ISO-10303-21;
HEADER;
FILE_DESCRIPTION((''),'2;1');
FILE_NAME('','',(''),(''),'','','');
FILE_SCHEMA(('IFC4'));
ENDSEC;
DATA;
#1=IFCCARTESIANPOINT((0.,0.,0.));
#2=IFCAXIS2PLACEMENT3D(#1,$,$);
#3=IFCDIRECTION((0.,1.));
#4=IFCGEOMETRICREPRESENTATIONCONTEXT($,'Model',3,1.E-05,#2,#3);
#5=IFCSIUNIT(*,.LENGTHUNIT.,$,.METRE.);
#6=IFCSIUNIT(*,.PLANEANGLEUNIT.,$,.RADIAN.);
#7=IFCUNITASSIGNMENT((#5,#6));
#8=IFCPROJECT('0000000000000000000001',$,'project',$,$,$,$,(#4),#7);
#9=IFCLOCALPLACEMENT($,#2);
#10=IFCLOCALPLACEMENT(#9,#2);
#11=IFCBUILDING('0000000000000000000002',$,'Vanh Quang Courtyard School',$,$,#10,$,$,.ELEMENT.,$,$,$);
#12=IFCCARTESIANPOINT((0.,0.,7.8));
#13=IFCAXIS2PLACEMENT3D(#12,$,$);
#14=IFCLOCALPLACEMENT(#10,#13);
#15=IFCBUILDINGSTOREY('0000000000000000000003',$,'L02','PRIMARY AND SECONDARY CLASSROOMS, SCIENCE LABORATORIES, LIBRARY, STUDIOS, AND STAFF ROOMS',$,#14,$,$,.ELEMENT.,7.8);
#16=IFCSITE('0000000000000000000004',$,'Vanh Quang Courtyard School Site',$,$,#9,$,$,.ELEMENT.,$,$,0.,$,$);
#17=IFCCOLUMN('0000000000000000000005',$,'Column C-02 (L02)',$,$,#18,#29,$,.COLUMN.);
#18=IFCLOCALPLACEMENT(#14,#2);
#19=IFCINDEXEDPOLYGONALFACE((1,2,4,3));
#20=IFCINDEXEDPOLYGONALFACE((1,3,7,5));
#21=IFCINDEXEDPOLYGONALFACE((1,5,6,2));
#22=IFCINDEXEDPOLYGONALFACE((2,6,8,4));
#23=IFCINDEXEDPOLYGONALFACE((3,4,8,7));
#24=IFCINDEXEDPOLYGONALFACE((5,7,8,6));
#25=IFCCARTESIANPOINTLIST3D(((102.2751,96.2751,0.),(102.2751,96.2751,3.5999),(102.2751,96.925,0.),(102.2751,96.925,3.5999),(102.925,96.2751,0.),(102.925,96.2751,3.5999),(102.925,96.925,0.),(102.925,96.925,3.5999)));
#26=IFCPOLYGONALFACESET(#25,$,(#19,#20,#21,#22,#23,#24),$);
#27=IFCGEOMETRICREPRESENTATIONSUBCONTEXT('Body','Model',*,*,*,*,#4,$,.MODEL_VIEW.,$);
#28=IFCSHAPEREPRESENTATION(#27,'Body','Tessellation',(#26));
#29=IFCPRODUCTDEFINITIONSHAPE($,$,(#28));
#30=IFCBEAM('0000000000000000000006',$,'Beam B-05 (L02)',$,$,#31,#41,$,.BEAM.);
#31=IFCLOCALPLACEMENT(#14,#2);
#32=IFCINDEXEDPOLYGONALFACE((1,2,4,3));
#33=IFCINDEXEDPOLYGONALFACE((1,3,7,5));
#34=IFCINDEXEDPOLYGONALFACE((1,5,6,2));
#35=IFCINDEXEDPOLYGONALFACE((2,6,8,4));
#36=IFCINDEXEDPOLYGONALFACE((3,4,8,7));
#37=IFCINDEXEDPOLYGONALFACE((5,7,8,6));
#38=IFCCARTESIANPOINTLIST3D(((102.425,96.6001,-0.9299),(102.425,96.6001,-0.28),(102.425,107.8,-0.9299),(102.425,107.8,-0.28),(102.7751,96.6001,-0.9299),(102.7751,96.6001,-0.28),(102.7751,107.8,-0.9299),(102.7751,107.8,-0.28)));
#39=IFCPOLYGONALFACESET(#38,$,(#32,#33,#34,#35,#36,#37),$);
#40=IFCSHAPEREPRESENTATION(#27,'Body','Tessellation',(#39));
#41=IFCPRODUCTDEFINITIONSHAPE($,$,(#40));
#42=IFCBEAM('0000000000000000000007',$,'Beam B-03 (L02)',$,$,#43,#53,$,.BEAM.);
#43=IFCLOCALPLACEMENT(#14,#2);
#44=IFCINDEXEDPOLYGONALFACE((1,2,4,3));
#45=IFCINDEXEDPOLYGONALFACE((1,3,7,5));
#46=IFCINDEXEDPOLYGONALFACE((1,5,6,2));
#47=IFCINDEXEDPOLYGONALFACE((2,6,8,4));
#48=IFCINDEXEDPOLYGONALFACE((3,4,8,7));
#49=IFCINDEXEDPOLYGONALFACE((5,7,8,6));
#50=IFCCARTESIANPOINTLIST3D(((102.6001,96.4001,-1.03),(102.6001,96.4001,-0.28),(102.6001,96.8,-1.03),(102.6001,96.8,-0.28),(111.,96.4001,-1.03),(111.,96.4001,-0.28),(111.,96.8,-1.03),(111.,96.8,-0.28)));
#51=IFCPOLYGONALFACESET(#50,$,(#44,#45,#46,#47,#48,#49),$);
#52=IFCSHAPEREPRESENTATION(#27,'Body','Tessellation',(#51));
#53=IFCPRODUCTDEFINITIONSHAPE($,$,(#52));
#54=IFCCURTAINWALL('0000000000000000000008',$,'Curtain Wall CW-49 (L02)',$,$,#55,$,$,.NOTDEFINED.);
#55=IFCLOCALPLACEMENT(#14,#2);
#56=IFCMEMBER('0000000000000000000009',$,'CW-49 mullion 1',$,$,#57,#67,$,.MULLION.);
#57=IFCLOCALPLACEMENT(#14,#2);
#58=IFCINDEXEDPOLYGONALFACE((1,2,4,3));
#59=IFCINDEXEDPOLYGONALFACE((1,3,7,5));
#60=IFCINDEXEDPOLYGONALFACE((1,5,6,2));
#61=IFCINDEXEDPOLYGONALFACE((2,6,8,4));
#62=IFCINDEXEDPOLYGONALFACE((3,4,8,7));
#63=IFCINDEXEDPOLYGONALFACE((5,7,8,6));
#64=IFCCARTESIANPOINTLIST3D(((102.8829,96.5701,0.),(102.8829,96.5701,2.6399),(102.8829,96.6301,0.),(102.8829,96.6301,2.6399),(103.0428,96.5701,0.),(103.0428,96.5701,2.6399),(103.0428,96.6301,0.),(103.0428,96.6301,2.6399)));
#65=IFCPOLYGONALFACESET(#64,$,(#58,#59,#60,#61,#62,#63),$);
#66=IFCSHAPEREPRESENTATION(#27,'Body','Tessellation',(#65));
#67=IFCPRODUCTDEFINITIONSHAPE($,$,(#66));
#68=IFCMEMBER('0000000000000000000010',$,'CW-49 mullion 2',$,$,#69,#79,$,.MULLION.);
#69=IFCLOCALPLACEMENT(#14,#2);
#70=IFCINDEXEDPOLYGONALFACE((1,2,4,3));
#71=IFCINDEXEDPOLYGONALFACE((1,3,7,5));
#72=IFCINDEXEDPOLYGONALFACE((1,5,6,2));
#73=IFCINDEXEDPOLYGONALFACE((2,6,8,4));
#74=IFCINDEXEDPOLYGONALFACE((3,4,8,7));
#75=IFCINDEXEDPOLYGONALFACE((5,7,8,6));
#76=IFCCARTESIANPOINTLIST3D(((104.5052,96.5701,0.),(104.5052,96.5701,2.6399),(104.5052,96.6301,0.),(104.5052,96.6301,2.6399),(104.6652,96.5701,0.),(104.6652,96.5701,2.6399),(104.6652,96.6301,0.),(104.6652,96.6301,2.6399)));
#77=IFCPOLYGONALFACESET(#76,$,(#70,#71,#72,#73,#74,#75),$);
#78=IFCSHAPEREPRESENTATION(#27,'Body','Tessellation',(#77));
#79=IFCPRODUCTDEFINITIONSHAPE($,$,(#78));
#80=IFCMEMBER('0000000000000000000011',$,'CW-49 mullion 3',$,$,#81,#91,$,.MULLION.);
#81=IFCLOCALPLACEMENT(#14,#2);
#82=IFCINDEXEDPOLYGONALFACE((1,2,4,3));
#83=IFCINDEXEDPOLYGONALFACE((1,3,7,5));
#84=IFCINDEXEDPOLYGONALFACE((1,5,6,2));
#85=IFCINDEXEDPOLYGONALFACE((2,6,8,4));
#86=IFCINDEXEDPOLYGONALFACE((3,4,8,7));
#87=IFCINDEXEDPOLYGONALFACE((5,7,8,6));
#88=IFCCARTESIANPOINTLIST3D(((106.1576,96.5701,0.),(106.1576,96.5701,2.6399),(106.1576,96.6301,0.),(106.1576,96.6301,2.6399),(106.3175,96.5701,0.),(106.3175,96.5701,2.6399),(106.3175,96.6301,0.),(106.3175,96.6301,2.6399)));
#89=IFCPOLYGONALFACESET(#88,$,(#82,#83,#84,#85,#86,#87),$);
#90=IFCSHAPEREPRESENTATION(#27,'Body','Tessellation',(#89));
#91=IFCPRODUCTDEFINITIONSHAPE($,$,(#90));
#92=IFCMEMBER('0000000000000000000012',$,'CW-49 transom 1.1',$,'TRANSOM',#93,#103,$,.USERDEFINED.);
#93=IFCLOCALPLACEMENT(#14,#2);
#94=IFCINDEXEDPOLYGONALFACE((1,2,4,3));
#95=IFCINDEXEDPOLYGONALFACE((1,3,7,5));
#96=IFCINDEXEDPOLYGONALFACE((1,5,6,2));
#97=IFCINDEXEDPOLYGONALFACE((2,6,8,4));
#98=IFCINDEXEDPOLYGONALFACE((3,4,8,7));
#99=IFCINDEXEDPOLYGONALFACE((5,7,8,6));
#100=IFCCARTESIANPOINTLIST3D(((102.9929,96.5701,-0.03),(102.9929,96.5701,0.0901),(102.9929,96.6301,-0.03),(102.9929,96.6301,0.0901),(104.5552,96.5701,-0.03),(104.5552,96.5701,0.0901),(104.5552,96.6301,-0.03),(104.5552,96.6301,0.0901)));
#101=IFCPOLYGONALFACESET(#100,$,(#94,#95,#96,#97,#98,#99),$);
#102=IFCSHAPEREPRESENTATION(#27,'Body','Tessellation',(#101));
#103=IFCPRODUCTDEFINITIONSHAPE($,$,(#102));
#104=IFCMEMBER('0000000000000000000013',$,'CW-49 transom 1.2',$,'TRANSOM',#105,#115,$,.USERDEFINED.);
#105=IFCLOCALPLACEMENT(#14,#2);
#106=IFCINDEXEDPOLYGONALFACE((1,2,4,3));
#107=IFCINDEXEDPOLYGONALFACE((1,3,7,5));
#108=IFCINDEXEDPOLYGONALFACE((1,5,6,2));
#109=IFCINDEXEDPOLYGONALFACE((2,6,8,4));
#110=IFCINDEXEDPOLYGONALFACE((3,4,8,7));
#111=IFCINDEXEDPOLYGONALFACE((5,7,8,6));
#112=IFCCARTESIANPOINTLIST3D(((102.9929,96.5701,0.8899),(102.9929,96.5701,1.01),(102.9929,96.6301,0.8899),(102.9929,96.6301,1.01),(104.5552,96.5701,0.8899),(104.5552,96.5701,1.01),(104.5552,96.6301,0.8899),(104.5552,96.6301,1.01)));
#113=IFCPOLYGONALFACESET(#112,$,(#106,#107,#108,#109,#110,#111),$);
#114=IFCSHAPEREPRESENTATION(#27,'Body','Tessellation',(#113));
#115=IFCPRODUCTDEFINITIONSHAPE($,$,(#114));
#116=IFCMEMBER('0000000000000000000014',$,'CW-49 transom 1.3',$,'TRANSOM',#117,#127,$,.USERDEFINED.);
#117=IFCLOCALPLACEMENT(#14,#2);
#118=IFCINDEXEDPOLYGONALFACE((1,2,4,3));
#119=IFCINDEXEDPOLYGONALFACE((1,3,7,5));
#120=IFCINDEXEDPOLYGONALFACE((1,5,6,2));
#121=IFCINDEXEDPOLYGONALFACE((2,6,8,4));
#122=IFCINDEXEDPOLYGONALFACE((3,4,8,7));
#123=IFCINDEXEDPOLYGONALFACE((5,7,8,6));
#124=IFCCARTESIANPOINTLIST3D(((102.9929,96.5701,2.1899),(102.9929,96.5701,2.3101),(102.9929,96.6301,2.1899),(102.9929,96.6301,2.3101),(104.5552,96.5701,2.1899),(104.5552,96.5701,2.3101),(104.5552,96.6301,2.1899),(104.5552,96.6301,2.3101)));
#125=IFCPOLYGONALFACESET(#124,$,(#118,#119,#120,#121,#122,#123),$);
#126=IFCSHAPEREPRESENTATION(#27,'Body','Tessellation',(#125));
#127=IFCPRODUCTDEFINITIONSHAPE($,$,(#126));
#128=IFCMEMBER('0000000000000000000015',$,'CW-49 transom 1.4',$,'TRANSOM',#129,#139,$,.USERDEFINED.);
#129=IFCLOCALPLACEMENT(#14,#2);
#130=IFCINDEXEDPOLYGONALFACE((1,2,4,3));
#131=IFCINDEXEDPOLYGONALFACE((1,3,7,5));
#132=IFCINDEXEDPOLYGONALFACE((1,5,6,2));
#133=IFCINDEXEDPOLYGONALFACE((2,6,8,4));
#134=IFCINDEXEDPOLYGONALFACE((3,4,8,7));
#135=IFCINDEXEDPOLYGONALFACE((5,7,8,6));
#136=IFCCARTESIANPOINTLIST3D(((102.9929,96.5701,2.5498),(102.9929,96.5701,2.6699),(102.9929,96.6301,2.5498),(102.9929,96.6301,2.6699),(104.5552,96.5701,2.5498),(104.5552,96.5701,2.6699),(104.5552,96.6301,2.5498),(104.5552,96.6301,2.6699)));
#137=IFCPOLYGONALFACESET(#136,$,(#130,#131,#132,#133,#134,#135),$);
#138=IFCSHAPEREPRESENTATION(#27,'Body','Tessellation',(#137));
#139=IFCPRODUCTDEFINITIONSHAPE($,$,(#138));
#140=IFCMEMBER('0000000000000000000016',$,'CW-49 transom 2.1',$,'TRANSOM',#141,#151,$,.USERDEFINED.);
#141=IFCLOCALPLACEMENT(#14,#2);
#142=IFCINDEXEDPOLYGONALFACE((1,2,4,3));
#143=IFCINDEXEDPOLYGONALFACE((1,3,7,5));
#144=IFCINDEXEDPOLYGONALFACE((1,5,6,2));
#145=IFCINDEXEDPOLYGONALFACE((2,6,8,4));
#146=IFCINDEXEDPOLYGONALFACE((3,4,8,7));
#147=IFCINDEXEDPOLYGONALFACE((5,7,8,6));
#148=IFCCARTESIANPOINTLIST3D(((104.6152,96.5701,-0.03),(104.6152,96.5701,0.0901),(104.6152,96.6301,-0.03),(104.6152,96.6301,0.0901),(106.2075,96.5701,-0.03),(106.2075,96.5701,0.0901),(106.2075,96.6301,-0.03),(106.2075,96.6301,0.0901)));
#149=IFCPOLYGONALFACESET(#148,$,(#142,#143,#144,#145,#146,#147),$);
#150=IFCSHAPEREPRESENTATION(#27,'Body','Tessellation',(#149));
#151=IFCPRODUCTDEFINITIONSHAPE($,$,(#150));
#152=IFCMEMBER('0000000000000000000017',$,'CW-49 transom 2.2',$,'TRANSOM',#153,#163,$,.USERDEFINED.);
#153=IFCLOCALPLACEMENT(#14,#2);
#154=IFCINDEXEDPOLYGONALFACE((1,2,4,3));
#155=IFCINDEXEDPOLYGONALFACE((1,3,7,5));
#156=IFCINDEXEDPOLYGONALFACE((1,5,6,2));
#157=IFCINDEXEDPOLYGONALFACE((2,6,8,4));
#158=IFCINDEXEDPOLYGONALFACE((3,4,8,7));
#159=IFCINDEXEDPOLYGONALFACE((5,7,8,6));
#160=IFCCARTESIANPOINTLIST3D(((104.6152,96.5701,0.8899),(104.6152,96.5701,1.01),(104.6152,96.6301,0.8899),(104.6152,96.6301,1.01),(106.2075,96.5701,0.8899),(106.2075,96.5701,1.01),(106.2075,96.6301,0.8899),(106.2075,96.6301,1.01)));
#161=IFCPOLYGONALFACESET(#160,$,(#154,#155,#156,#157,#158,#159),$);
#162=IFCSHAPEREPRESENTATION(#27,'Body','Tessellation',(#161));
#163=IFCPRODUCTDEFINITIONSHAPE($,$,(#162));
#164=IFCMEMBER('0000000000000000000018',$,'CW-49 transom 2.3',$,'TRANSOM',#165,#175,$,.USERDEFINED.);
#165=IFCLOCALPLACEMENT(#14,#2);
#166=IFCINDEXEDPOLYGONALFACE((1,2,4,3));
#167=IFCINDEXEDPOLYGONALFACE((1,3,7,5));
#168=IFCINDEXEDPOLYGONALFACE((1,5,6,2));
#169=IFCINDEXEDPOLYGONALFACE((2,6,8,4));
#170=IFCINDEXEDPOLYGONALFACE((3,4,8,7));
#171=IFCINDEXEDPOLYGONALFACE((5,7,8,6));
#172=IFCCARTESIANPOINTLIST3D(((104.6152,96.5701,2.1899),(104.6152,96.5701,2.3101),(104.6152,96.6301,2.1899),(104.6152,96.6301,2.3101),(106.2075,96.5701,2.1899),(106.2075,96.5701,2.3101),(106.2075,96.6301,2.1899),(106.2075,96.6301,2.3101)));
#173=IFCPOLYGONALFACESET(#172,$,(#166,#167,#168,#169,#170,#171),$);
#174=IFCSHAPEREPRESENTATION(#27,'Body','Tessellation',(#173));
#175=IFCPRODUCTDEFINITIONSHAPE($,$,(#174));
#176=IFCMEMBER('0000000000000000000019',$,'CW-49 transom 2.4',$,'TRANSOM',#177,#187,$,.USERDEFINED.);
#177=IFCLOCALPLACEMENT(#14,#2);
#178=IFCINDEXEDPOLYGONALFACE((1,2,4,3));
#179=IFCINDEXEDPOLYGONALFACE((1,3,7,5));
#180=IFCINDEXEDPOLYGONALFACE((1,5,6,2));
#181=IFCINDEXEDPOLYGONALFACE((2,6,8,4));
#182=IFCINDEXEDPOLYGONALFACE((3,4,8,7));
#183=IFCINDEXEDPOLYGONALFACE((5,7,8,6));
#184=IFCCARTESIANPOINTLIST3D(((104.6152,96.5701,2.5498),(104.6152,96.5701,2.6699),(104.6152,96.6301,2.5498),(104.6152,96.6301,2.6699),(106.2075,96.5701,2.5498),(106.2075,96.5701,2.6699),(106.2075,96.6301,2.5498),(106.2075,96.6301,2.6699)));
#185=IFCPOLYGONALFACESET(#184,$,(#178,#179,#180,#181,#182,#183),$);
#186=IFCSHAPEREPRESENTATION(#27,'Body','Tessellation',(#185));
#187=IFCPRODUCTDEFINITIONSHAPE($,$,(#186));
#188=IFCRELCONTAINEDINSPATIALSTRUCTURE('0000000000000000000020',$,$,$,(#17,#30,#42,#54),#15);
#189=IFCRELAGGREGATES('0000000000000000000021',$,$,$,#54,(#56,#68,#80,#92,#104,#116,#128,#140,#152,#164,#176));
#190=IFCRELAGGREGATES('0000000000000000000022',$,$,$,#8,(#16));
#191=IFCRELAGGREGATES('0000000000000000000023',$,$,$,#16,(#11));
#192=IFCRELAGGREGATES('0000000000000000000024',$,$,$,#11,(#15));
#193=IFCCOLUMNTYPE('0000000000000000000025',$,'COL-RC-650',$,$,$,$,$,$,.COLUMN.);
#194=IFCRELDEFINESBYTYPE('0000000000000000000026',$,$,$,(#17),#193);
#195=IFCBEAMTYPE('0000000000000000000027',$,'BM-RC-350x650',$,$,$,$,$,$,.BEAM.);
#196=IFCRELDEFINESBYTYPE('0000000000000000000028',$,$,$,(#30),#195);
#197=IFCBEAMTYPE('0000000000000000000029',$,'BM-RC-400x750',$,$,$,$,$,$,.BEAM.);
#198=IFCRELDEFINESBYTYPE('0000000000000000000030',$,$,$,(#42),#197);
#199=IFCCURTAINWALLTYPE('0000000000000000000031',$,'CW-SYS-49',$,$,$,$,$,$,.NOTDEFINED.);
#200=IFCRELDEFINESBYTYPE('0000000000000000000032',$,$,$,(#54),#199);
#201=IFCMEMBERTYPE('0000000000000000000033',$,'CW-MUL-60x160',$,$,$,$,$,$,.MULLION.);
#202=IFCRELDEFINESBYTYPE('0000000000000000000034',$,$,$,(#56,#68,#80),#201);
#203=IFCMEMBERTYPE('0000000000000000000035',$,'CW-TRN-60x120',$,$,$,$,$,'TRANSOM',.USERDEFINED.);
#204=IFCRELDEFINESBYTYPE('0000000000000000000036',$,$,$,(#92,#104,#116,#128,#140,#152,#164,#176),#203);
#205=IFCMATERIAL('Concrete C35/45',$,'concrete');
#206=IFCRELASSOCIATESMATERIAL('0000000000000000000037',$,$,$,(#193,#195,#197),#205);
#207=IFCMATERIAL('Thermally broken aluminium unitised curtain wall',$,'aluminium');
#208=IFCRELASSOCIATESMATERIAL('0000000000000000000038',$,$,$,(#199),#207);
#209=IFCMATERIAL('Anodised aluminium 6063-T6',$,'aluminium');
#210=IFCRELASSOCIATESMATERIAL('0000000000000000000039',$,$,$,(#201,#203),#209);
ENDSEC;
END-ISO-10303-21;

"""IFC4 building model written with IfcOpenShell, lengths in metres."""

from ifc_helpers import new_model, si_unit, direction, frame, origin, origin_2d, place, context, subcontext, project, spatial, rectangle, extrude, material, material_profile, profile_set, type_object, element, aggregate, save


model = new_model("IFC4")

# Units and contexts
model_context = context("Model", 3, precision=1e-05, world=origin(), true_north=direction((0.0, 1.0)))
body_context = subcontext(model_context, "Body", "Model", "MODEL_VIEW")
ifc_project = project(units=[si_unit("LENGTHUNIT", "METRE"), si_unit("PLANEANGLEUNIT", "RADIAN")], contexts=[model_context])

# Site, building, storey
site_placement = place(None, origin())
site = spatial("IfcSite", under=ifc_project, at=site_placement, Name="Vanh Quang Courtyard School Site", CompositionType="ELEMENT", RefElevation=0.0)
building_placement = place(site_placement, origin())
building = spatial("IfcBuilding", under=site, at=building_placement, Name="Vanh Quang Courtyard School", CompositionType="ELEMENT")
storey_placement = place(building_placement, frame((0.0, 0.0, 7.8)))
storey = spatial("IfcBuildingStorey", under=building, at=storey_placement, Name="L02", Description="PRIMARY AND SECONDARY CLASSROOMS, SCIENCE LABORATORIES, LIBRARY, STUDIOS, AND STAFF ROOMS", CompositionType="ELEMENT", Elevation=7.8)

# Column
ifc_material_1 = material(Name="Concrete C35/45", Category="concrete")
ifc_material_profile_1 = material_profile(ifc_material_1, rectangle(XDim=0.6499, YDim=0.6499, at=origin_2d()), Name="RC-COL 650x650")
ifc_profile_set_1 = profile_set([ifc_material_profile_1], Name="Concrete C35/45")
column_type = type_object("IfcColumnType", Name="COL-RC-650", PredefinedType="COLUMN", material=ifc_profile_set_1)
column_placement = place(storey_placement, frame((102.6001, 96.6001, 0.0), z_axis=(0.0, 0.0, 1.0), x_axis=(1.0, 0.0, 0.0)))
element("IfcColumn", 1, at=column_placement, inside=storey, type_object=column_type, Name="Column C-02 (L02)", PredefinedType="COLUMN", context=body_context, shape_type="SweptSolid", body=[
    extrude(rectangle(XDim=0.6499, YDim=0.6499, at=origin_2d()), origin(), (0.0, 0.0, 1.0), 3.5999),
])

# Beams
ifc_material_profile_2 = material_profile(ifc_material_1, rectangle(XDim=0.3501, YDim=0.6499, at=origin_2d()), Name="RC-BM 350x650")
ifc_profile_set_2 = profile_set([ifc_material_profile_2], Name="Concrete C35/45")
beam_type_1 = type_object("IfcBeamType", Name="BM-RC-350x650", PredefinedType="BEAM", material=ifc_profile_set_2)
beam_1_placement = place(storey_placement, frame((102.6001, 96.6001, -0.605), z_axis=(0.0, 1.0, 0.0), x_axis=(-1.0, 0.0, 0.0)))
element("IfcBeam", 2, at=beam_1_placement, inside=storey, type_object=beam_type_1, Name="Beam B-05 (L02)", PredefinedType="BEAM", context=body_context, shape_type="SweptSolid", body=[
    extrude(rectangle(XDim=0.3501, YDim=0.6499, at=origin_2d()), origin(), (0.0, 0.0, 1.0), 11.2),
])
ifc_material_profile_3 = material_profile(ifc_material_1, rectangle(XDim=0.3999, YDim=0.75, at=origin_2d()), Name="RC-BM 400x750")
ifc_profile_set_3 = profile_set([ifc_material_profile_3], Name="Concrete C35/45")
beam_type_2 = type_object("IfcBeamType", Name="BM-RC-400x750", PredefinedType="BEAM", material=ifc_profile_set_3)
beam_2_placement = place(storey_placement, frame((102.6001, 96.6001, -0.655), z_axis=(1.0, 0.0, 0.0), x_axis=(0.0, 1.0, 0.0)))
element("IfcBeam", 3, at=beam_2_placement, inside=storey, type_object=beam_type_2, Name="Beam B-03 (L02)", PredefinedType="BEAM", context=body_context, shape_type="SweptSolid", body=[
    extrude(rectangle(XDim=0.3999, YDim=0.75, at=origin_2d()), origin(), (0.0, 0.0, 1.0), 8.3999),
])

# Curtain wall, members
ifc_material_2 = material(Name="Thermally broken aluminium unitised curtain wall", Category="aluminium")
curtain_wall_type = type_object("IfcCurtainWallType", Name="CW-SYS-49", PredefinedType="NOTDEFINED", material=ifc_material_2)
curtain_wall_placement = place(storey_placement, origin())
curtain_wall = element("IfcCurtainWall", 4, at=curtain_wall_placement, inside=storey, type_object=curtain_wall_type, Name="Curtain Wall CW-49 (L02)", PredefinedType="NOTDEFINED")
ifc_material_3 = material(Name="Anodised aluminium 6063-T6", Category="aluminium")
ifc_material_profile_4 = material_profile(ifc_material_3, rectangle(XDim=0.0601, YDim=0.1599, at=origin_2d()), Name="ALU-MUL 60x160")
ifc_profile_set_4 = profile_set([ifc_material_profile_4], Name="Anodised aluminium 6063-T6")
member_type_1 = type_object("IfcMemberType", Name="CW-MUL-60x160", PredefinedType="MULLION", material=ifc_profile_set_4)
member_1_placement = place(storey_placement, frame((102.9629, 96.6001, 0.0), z_axis=(0.0, 0.0, 1.0), x_axis=(0.0, 1.0, 0.0)))
member_1 = element("IfcMember", 5, at=member_1_placement, type_object=member_type_1, Name="CW-49 mullion 1", PredefinedType="MULLION", context=body_context, shape_type="SweptSolid", body=[
    extrude(rectangle(XDim=0.0601, YDim=0.1599, at=origin_2d()), origin(), (0.0, 0.0, 1.0), 2.6399),
])
member_2_placement = place(storey_placement, frame((104.5852, 96.6001, 0.0), z_axis=(0.0, 0.0, 1.0), x_axis=(0.0, 1.0, 0.0)))
member_2 = element("IfcMember", 6, at=member_2_placement, type_object=member_type_1, Name="CW-49 mullion 2", PredefinedType="MULLION", context=body_context, shape_type="SweptSolid", body=[
    extrude(rectangle(XDim=0.0601, YDim=0.1599, at=origin_2d()), origin(), (0.0, 0.0, 1.0), 2.6399),
])
member_3_placement = place(storey_placement, frame((106.2375, 96.6001, 0.0), z_axis=(0.0, 0.0, 1.0), x_axis=(0.0, 1.0, 0.0)))
member_3 = element("IfcMember", 7, at=member_3_placement, type_object=member_type_1, Name="CW-49 mullion 3", PredefinedType="MULLION", context=body_context, shape_type="SweptSolid", body=[
    extrude(rectangle(XDim=0.0601, YDim=0.1599, at=origin_2d()), origin(), (0.0, 0.0, 1.0), 2.6399),
])
ifc_material_profile_5 = material_profile(ifc_material_3, rectangle(XDim=0.0601, YDim=0.1201, at=origin_2d()), Name="ALU-TRN 60x120")
ifc_profile_set_5 = profile_set([ifc_material_profile_5], Name="Anodised aluminium 6063-T6")
member_type_2 = type_object("IfcMemberType", Name="CW-TRN-60x120", ElementType="TRANSOM", PredefinedType="USERDEFINED", material=ifc_profile_set_5)
member_4_placement = place(storey_placement, frame((102.9929, 96.6001, 0.03), z_axis=(1.0, 0.0, 0.0), x_axis=(0.0, 1.0, 0.0)))
member_4 = element("IfcMember", 8, at=member_4_placement, type_object=member_type_2, Name="CW-49 transom 1.1", ObjectType="TRANSOM", PredefinedType="USERDEFINED", context=body_context, shape_type="SweptSolid", body=[
    extrude(rectangle(XDim=0.0601, YDim=0.1201, at=origin_2d()), origin(), (0.0, 0.0, 1.0), 1.5623),
])
member_5_placement = place(storey_placement, frame((102.9929, 96.6001, 0.95), z_axis=(1.0, 0.0, 0.0), x_axis=(0.0, 1.0, 0.0)))
member_5 = element("IfcMember", 9, at=member_5_placement, type_object=member_type_2, Name="CW-49 transom 1.2", ObjectType="TRANSOM", PredefinedType="USERDEFINED", context=body_context, shape_type="SweptSolid", body=[
    extrude(rectangle(XDim=0.0601, YDim=0.1201, at=origin_2d()), origin(), (0.0, 0.0, 1.0), 1.5623),
])
member_6_placement = place(storey_placement, frame((102.9929, 96.6001, 2.25), z_axis=(1.0, 0.0, 0.0), x_axis=(0.0, 1.0, 0.0)))
member_6 = element("IfcMember", 10, at=member_6_placement, type_object=member_type_2, Name="CW-49 transom 1.3", ObjectType="TRANSOM", PredefinedType="USERDEFINED", context=body_context, shape_type="SweptSolid", body=[
    extrude(rectangle(XDim=0.0601, YDim=0.1201, at=origin_2d()), origin(), (0.0, 0.0, 1.0), 1.5623),
])
member_7_placement = place(storey_placement, frame((102.9929, 96.6001, 2.6099), z_axis=(1.0, 0.0, 0.0), x_axis=(0.0, 1.0, 0.0)))
member_7 = element("IfcMember", 11, at=member_7_placement, type_object=member_type_2, Name="CW-49 transom 1.4", ObjectType="TRANSOM", PredefinedType="USERDEFINED", context=body_context, shape_type="SweptSolid", body=[
    extrude(rectangle(XDim=0.0601, YDim=0.1201, at=origin_2d()), origin(), (0.0, 0.0, 1.0), 1.5623),
])
member_8_placement = place(storey_placement, frame((104.6152, 96.6001, 0.03), z_axis=(1.0, 0.0, 0.0), x_axis=(0.0, 1.0, 0.0)))
member_8 = element("IfcMember", 12, at=member_8_placement, type_object=member_type_2, Name="CW-49 transom 2.1", ObjectType="TRANSOM", PredefinedType="USERDEFINED", context=body_context, shape_type="SweptSolid", body=[
    extrude(rectangle(XDim=0.0601, YDim=0.1201, at=origin_2d()), origin(), (0.0, 0.0, 1.0), 1.5923),
])
member_9_placement = place(storey_placement, frame((104.6152, 96.6001, 0.95), z_axis=(1.0, 0.0, 0.0), x_axis=(0.0, 1.0, 0.0)))
member_9 = element("IfcMember", 13, at=member_9_placement, type_object=member_type_2, Name="CW-49 transom 2.2", ObjectType="TRANSOM", PredefinedType="USERDEFINED", context=body_context, shape_type="SweptSolid", body=[
    extrude(rectangle(XDim=0.0601, YDim=0.1201, at=origin_2d()), origin(), (0.0, 0.0, 1.0), 1.5923),
])
member_10_placement = place(storey_placement, frame((104.6152, 96.6001, 2.25), z_axis=(1.0, 0.0, 0.0), x_axis=(0.0, 1.0, 0.0)))
member_10 = element("IfcMember", 14, at=member_10_placement, type_object=member_type_2, Name="CW-49 transom 2.3", ObjectType="TRANSOM", PredefinedType="USERDEFINED", context=body_context, shape_type="SweptSolid", body=[
    extrude(rectangle(XDim=0.0601, YDim=0.1201, at=origin_2d()), origin(), (0.0, 0.0, 1.0), 1.5923),
])
member_11_placement = place(storey_placement, frame((104.6152, 96.6001, 2.6099), z_axis=(1.0, 0.0, 0.0), x_axis=(0.0, 1.0, 0.0)))
member_11 = element("IfcMember", 15, at=member_11_placement, type_object=member_type_2, Name="CW-49 transom 2.4", ObjectType="TRANSOM", PredefinedType="USERDEFINED", context=body_context, shape_type="SweptSolid", body=[
    extrude(rectangle(XDim=0.0601, YDim=0.1201, at=origin_2d()), origin(), (0.0, 0.0, 1.0), 1.5923),
])
aggregate(curtain_wall, [member_1, member_2, member_3, member_4, member_5, member_6, member_7, member_8, member_9, member_10, member_11])

save(model, "model.ifc")
